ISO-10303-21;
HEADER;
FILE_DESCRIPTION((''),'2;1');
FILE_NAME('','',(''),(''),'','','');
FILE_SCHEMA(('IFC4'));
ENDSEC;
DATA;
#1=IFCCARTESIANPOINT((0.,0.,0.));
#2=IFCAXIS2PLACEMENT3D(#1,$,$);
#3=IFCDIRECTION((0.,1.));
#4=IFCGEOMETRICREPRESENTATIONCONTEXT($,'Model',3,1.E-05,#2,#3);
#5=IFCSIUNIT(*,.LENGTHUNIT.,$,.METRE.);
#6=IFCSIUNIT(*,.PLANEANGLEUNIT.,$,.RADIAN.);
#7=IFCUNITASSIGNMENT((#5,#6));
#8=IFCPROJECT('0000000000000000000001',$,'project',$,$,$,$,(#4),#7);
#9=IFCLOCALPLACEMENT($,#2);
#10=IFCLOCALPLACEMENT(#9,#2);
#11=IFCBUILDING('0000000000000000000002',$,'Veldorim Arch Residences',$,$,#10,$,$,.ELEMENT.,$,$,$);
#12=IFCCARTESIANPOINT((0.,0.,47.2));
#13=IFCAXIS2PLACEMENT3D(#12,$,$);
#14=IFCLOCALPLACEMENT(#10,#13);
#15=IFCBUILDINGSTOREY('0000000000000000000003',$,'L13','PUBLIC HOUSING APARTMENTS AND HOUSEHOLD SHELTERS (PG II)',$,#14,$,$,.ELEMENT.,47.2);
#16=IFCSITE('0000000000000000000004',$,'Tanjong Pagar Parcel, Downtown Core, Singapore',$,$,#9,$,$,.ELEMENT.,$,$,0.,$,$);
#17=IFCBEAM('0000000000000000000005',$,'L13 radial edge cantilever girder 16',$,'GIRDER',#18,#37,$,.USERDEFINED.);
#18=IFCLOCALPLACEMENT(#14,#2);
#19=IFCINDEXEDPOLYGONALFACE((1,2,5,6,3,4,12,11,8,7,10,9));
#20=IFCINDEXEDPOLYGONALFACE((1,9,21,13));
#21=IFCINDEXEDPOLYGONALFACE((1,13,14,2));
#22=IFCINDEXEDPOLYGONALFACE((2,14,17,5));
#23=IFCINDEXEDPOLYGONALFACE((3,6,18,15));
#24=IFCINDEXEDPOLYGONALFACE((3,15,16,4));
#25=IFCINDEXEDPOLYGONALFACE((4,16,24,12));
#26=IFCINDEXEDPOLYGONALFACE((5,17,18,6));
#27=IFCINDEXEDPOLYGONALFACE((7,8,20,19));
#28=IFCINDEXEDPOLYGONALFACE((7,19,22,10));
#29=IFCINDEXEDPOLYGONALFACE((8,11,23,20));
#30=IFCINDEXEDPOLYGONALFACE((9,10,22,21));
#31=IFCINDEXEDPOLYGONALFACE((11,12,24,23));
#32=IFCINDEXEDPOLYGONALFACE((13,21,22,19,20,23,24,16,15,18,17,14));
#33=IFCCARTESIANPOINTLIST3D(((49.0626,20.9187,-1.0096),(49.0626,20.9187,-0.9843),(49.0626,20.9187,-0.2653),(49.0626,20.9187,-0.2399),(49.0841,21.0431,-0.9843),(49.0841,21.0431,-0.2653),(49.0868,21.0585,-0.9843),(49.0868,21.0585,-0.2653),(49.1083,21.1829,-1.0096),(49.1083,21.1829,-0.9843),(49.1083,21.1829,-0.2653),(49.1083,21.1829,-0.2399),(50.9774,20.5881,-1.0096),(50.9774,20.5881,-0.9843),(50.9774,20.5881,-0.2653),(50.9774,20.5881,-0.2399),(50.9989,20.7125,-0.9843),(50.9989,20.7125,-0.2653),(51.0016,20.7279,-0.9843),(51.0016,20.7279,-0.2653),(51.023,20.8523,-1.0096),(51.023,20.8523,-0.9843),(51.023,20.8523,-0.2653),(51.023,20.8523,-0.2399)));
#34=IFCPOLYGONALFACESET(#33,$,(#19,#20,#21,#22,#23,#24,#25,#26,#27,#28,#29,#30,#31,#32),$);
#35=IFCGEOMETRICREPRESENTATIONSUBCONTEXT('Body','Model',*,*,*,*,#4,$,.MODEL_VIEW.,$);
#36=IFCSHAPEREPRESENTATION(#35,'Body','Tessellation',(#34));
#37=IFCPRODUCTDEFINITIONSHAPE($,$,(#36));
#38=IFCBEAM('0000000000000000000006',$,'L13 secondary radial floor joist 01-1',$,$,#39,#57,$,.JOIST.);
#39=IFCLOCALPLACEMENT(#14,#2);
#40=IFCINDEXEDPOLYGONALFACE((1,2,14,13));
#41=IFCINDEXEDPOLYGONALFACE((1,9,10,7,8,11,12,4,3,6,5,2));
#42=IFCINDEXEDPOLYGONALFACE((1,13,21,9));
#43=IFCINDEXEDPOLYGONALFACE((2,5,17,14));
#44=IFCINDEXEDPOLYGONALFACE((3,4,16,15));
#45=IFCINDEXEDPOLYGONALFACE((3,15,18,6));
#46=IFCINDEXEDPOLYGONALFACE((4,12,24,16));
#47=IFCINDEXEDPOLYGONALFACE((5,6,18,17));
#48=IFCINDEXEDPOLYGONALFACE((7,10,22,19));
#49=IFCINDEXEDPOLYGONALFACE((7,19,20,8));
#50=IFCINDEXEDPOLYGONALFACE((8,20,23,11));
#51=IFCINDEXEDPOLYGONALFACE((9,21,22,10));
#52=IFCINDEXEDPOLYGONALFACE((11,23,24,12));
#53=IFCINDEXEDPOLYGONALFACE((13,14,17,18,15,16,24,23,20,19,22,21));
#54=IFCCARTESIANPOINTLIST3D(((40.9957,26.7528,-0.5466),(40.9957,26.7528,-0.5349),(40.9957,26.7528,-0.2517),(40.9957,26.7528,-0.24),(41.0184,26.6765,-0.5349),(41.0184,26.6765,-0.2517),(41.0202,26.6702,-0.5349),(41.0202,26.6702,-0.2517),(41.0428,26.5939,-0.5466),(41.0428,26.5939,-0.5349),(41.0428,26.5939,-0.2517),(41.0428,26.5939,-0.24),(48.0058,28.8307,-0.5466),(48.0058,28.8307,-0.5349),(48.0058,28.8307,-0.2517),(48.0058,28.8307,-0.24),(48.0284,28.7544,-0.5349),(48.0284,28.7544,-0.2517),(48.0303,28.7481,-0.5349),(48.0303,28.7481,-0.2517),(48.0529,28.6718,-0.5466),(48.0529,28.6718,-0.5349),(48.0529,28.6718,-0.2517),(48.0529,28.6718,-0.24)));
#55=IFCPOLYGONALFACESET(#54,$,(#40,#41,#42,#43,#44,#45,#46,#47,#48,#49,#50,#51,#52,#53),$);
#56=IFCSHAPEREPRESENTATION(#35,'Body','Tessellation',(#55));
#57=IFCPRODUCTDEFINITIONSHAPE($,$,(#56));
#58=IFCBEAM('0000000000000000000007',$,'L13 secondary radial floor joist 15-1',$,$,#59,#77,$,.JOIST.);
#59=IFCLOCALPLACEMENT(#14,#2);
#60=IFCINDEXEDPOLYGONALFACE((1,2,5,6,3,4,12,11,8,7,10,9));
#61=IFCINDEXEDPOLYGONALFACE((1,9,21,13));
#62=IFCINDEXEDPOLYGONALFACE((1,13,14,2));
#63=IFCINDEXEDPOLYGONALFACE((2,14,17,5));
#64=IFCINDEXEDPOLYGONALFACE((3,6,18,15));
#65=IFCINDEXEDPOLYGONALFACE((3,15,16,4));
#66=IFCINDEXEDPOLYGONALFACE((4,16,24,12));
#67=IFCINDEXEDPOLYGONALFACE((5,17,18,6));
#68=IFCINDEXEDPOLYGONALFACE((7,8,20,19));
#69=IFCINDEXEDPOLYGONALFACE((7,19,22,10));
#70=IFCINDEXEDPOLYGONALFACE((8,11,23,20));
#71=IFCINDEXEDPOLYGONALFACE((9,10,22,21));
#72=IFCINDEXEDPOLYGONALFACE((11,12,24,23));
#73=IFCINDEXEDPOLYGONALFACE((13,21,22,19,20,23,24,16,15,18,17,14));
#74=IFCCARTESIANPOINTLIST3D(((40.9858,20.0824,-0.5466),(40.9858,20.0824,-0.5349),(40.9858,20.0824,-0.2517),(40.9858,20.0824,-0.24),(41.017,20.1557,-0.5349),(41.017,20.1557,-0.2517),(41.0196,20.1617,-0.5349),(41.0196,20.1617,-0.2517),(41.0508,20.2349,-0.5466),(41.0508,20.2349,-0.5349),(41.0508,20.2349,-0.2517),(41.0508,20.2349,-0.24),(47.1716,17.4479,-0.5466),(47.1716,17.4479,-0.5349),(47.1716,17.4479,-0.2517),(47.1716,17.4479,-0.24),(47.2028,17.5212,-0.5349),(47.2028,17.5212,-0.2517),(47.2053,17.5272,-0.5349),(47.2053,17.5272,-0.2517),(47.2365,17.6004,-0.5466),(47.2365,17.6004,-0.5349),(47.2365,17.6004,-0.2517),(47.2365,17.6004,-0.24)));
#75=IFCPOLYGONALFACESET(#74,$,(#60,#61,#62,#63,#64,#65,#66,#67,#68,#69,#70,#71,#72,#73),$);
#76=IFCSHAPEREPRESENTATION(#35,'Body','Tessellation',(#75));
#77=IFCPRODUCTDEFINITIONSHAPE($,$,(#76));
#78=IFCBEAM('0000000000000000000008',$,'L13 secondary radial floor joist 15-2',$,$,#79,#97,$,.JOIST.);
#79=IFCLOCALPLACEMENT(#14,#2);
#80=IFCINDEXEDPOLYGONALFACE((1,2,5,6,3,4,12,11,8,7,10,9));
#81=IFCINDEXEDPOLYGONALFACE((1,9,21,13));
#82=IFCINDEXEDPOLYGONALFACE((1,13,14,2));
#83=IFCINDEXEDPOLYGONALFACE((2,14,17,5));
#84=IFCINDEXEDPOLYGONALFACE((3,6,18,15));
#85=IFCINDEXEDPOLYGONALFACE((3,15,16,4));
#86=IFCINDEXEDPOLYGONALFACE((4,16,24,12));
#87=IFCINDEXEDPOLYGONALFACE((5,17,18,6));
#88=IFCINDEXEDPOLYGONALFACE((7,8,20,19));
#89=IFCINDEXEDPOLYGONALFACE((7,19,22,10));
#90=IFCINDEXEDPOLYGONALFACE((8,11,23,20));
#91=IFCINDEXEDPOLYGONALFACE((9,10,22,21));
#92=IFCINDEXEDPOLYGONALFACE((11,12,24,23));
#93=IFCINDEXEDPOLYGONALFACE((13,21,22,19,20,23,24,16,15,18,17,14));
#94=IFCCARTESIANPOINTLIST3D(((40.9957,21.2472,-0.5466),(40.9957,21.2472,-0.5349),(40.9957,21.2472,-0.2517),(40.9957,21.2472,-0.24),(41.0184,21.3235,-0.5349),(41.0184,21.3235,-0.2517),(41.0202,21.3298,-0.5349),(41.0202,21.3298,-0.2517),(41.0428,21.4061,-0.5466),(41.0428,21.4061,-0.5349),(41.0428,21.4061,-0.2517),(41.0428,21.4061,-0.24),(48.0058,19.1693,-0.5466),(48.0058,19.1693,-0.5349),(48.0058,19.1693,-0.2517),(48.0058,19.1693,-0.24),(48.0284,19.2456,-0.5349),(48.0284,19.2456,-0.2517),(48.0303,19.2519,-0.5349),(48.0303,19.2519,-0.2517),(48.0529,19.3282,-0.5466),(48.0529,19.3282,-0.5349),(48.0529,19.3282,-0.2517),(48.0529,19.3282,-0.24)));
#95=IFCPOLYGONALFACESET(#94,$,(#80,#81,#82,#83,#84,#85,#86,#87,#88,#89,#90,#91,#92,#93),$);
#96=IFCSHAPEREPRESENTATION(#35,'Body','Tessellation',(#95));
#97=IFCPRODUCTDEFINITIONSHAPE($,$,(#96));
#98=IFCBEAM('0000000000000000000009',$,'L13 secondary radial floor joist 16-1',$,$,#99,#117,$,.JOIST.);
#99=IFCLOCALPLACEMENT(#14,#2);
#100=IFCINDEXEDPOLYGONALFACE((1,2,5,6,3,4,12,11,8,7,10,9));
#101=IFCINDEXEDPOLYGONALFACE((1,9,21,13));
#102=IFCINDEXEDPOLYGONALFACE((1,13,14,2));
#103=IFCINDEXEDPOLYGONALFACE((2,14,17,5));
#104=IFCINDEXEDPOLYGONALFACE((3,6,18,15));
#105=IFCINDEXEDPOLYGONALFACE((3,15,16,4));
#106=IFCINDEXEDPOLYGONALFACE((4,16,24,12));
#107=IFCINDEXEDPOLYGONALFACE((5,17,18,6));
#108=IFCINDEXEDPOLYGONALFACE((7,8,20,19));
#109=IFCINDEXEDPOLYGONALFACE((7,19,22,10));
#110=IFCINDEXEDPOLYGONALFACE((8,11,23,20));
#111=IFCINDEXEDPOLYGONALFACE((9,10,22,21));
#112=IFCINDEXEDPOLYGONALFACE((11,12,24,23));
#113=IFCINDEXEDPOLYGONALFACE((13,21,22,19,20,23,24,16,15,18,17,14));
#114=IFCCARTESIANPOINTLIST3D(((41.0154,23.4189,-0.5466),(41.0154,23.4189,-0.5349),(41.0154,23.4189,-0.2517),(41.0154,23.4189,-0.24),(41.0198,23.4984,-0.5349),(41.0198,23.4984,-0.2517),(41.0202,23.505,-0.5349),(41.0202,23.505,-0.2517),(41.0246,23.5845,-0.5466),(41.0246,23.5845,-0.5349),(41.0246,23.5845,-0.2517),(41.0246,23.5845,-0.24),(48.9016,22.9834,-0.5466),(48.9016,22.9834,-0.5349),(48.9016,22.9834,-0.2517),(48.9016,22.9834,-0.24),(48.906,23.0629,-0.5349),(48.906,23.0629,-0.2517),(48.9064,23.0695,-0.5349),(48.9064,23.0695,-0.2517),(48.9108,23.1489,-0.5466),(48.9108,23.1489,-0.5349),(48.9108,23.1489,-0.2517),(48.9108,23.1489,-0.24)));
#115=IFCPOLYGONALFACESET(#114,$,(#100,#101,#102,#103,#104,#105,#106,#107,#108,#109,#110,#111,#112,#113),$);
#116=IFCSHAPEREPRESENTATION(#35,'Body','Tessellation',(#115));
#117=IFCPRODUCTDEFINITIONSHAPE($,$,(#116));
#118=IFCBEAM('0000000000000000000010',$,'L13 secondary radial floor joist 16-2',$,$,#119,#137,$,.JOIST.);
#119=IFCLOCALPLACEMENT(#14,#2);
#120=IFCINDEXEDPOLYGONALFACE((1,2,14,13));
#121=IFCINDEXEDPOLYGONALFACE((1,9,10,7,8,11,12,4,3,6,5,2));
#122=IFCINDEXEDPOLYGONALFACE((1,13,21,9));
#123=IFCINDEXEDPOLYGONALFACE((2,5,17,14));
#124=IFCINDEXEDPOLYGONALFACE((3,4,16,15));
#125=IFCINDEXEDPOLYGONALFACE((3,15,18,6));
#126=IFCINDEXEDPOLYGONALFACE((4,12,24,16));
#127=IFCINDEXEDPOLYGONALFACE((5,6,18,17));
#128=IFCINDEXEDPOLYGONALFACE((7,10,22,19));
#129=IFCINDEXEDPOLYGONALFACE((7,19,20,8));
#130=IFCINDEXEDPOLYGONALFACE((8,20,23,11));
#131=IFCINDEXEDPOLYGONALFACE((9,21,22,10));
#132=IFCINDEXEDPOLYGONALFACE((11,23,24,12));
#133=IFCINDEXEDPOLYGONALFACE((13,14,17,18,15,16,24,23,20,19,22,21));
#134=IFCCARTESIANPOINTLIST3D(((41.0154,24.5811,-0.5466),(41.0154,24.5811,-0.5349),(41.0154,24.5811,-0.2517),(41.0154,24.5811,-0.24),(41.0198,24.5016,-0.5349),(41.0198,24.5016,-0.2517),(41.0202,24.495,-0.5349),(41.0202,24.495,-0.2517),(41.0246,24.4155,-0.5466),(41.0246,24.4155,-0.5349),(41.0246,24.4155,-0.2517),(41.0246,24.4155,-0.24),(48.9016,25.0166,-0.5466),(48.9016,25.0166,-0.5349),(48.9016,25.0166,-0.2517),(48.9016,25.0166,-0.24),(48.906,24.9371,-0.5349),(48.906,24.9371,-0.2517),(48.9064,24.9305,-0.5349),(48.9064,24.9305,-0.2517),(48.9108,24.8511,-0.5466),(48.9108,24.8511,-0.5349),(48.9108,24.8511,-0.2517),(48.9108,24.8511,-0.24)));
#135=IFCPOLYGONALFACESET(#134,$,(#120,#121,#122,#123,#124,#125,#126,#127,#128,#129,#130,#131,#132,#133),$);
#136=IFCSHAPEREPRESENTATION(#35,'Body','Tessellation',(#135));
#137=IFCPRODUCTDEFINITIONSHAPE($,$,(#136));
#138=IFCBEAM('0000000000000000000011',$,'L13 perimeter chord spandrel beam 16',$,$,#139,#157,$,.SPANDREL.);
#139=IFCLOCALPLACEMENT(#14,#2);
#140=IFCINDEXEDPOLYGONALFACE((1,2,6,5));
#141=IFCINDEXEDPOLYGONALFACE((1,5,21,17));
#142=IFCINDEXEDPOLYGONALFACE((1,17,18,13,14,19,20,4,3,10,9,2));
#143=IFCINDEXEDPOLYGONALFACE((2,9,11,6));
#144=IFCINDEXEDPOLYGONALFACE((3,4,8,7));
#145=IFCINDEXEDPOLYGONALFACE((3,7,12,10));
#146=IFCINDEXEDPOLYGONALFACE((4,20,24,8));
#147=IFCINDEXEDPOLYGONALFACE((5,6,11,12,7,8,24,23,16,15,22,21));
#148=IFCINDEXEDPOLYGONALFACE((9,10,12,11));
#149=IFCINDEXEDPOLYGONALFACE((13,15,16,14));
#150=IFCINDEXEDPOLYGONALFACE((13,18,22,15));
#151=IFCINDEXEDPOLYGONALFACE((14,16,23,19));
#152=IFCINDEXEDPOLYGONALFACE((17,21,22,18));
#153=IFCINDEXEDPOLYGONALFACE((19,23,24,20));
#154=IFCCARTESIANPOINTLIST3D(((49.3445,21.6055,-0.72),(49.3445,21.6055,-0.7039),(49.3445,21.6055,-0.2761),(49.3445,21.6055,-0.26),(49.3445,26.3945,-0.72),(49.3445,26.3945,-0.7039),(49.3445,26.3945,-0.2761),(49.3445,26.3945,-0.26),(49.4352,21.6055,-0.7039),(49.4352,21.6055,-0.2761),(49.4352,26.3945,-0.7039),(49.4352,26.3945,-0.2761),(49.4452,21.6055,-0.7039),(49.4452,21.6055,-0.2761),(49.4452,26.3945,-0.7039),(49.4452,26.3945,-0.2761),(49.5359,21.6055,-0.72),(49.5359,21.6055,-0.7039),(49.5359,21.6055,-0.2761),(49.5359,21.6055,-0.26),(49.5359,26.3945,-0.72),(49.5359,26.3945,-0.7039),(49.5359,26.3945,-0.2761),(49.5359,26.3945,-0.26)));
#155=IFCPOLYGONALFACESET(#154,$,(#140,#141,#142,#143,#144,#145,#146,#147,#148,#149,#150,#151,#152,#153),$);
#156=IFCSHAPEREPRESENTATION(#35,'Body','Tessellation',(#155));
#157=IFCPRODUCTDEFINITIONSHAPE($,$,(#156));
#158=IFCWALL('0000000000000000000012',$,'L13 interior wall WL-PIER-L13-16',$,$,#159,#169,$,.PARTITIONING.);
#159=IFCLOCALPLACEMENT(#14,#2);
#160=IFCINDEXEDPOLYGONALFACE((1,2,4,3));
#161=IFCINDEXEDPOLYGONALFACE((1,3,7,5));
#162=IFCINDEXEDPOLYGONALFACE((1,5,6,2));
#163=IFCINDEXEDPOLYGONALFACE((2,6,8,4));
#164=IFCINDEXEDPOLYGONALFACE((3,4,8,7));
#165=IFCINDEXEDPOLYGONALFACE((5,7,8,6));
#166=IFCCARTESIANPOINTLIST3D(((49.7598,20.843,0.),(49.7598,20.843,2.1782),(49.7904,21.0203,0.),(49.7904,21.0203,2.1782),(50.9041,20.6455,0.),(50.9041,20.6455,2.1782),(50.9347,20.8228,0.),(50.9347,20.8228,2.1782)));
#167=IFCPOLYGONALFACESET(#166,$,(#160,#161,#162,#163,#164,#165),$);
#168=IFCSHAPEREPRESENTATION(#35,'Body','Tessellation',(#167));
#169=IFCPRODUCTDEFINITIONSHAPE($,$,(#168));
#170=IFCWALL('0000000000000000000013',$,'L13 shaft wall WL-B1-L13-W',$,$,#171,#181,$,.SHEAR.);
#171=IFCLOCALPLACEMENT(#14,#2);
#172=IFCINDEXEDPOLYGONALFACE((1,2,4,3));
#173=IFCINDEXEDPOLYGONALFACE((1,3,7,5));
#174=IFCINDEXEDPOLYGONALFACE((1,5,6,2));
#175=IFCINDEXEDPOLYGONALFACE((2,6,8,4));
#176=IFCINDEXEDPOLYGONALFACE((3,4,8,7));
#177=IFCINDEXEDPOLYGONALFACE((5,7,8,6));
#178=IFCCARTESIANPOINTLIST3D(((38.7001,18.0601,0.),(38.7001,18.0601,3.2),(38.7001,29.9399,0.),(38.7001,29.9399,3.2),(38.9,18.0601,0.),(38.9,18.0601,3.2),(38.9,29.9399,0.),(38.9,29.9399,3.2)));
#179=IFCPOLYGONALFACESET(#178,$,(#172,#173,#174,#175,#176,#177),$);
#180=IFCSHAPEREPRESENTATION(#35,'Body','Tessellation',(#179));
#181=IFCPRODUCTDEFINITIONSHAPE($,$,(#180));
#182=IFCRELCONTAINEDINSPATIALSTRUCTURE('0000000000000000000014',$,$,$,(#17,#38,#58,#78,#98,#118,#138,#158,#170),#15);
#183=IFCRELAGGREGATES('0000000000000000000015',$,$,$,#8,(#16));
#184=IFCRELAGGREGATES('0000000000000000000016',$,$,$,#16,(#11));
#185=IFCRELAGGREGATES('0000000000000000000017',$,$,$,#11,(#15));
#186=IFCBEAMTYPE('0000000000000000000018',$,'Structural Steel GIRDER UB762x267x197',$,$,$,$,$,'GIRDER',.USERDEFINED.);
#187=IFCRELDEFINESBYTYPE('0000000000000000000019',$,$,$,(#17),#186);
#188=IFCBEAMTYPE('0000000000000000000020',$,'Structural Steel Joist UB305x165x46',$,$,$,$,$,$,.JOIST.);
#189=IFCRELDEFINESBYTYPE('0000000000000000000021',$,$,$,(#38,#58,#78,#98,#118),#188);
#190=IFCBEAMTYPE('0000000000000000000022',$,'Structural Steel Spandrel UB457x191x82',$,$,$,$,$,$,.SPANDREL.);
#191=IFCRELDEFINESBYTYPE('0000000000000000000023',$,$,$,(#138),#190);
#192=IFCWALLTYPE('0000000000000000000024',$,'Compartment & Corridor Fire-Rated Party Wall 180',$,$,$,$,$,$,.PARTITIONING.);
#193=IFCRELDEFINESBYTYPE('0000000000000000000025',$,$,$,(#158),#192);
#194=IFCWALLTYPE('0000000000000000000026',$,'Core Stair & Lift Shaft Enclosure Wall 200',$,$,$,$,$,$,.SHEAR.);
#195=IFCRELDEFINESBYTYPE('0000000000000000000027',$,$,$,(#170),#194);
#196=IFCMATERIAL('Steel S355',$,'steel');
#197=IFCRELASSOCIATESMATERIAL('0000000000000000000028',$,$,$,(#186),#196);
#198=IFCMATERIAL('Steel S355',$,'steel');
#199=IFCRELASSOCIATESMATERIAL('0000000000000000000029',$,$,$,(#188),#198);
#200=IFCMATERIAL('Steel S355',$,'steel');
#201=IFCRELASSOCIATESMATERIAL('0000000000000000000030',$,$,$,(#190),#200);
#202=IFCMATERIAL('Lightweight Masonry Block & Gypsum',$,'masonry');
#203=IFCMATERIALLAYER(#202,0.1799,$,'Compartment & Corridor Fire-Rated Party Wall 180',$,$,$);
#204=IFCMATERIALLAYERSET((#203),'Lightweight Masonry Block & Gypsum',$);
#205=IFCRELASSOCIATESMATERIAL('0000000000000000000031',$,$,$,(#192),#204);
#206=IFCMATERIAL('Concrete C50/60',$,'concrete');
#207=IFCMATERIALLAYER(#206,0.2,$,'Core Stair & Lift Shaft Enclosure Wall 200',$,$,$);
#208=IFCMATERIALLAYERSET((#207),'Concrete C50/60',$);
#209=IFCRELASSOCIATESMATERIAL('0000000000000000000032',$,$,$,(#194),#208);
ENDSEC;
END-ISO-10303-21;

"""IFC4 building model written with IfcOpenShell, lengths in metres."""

from ifc_helpers import new_model, si_unit, direction, frame, frame_2d, origin, origin_2d, place, context, subcontext, project, spatial, rectangle, i_section, extrude, material, layer, layer_set, material_profile, profile_set, type_object, element, save


model = new_model("IFC4")

# Units and contexts
model_context = context("Model", 3, precision=1e-05, world=origin(), true_north=direction((0.0, 1.0)))
body_context = subcontext(model_context, "Body", "Model", "MODEL_VIEW")
ifc_project = project(units=[si_unit("LENGTHUNIT", "METRE"), si_unit("PLANEANGLEUNIT", "RADIAN")], contexts=[model_context])

# Site, building, storey
site_placement = place(None, origin())
site = spatial("IfcSite", under=ifc_project, at=site_placement, Name="Tanjong Pagar Parcel, Downtown Core, Singapore", CompositionType="ELEMENT", RefElevation=0.0)
building_placement = place(site_placement, origin())
building = spatial("IfcBuilding", under=site, at=building_placement, Name="Veldorim Arch Residences", CompositionType="ELEMENT")
storey_placement = place(building_placement, frame((0.0, 0.0, 47.2)))
storey = spatial("IfcBuildingStorey", under=building, at=storey_placement, Name="L13", Description="PUBLIC HOUSING APARTMENTS AND HOUSEHOLD SHELTERS (PG II)", CompositionType="ELEMENT", Elevation=47.2)

# Beams
ifc_material_1 = material(Name="Steel S355", Category="steel")
ifc_material_profile_1 = material_profile(ifc_material_1, i_section(OverallWidth=0.2681, OverallDepth=0.7698, WebThickness=0.0156, FlangeThickness=0.0254, at=origin_2d()), Name="UB762x267x197")
ifc_profile_set_1 = profile_set([ifc_material_profile_1], Name="Steel S355")
beam_type_1 = type_object("IfcBeamType", Name="Structural Steel GIRDER UB762x267x197", ElementType="GIRDER", PredefinedType="USERDEFINED", material=ifc_profile_set_1)
beam_1_placement = place(storey_placement, frame((49.0854, 21.0508, -0.6248), z_axis=(0.985423, -0.170121, 0.0), x_axis=(0.170121, 0.985423, 0.0)))
element("IfcBeam", 1, at=beam_1_placement, inside=storey, type_object=beam_type_1, Name="L13 radial edge cantilever girder 16", ObjectType="GIRDER", PredefinedType="USERDEFINED", context=body_context, shape_type="SweptSolid", body=[
    extrude(i_section(OverallWidth=0.2681, OverallDepth=0.7698, WebThickness=0.0156, FlangeThickness=0.0254, at=origin_2d()), origin(), (0.0, 0.0, 1.0), 1.9431),
])
ifc_material_2 = material(Name="Steel S355", Category="steel")
ifc_material_profile_2 = material_profile(ifc_material_2, i_section(OverallWidth=0.1658, OverallDepth=0.3066, WebThickness=0.0066, FlangeThickness=0.0117, at=origin_2d()), Name="UB305x165x46")
ifc_profile_set_2 = profile_set([ifc_material_profile_2], Name="Steel S355")
beam_type_2 = type_object("IfcBeamType", Name="Structural Steel Joist UB305x165x46", PredefinedType="JOIST", material=ifc_profile_set_2)
beam_2_placement = place(storey_placement, frame((41.0193, 26.6733, -0.3933), z_axis=(0.958767, 0.284194, 0.0), x_axis=(-0.284194, 0.958767, 0.0)))
element("IfcBeam", 2, at=beam_2_placement, inside=storey, type_object=beam_type_2, Name="L13 secondary radial floor joist 01-1", PredefinedType="JOIST", context=body_context, shape_type="SweptSolid", body=[
    extrude(i_section(OverallWidth=0.1658, OverallDepth=0.3066, WebThickness=0.0066, FlangeThickness=0.0117, at=origin_2d()), origin(), (0.0, 0.0, 1.0), 7.3115),
])
beam_3_placement = place(storey_placement, frame((41.0183, 20.1587, -0.3933), z_axis=(0.920033, -0.391841, 0.0), x_axis=(0.391841, 0.920033, 0.0)))
element("IfcBeam", 3, at=beam_3_placement, inside=storey, type_object=beam_type_2, Name="L13 secondary radial floor joist 15-1", PredefinedType="JOIST", context=body_context, shape_type="SweptSolid", body=[
    extrude(i_section(OverallWidth=0.1658, OverallDepth=0.3066, WebThickness=0.0066, FlangeThickness=0.0117, at=origin_2d()), origin(), (0.0, 0.0, 1.0), 6.7234),
])
beam_4_placement = place(storey_placement, frame((41.0193, 21.3267, -0.3933), z_axis=(0.958767, -0.284194, 0.0), x_axis=(0.284194, 0.958767, 0.0)))
element("IfcBeam", 4, at=beam_4_placement, inside=storey, type_object=beam_type_2, Name="L13 secondary radial floor joist 15-2", PredefinedType="JOIST", context=body_context, shape_type="SweptSolid", body=[
    extrude(i_section(OverallWidth=0.1658, OverallDepth=0.3066, WebThickness=0.0066, FlangeThickness=0.0117, at=origin_2d()), origin(), (0.0, 0.0, 1.0), 7.3115),
])
for number, where, z_axis, x_axis, name in (
    (5, (41.02, 23.5017, -0.3933), (0.998478, -0.055145, 0.0), (0.055145, 0.998478, 0.0), "L13 secondary radial floor joist 16-1"),
    (6, (41.02, 24.4983, -0.3933), (0.998478, 0.055145, 0.0), (-0.055145, 0.998478, 0.0), "L13 secondary radial floor joist 16-2"),
):
    element("IfcBeam", number, at=place(storey_placement, frame(where, z_axis=z_axis, x_axis=x_axis)), inside=storey, type_object=beam_type_2, Name=name, PredefinedType="JOIST", context=body_context, shape_type="SweptSolid", body=[
        extrude(i_section(OverallWidth=0.1658, OverallDepth=0.3066, WebThickness=0.0066, FlangeThickness=0.0117, at=origin_2d()), origin(), (0.0, 0.0, 1.0), 7.8982),
    ])
ifc_material_3 = material(Name="Steel S355", Category="steel")
ifc_material_profile_3 = material_profile(ifc_material_3, i_section(OverallWidth=0.1914, OverallDepth=0.46, WebThickness=0.01, FlangeThickness=0.0161, at=origin_2d()), Name="UB457x191x82")
ifc_profile_set_3 = profile_set([ifc_material_profile_3], Name="Steel S355")
beam_type_3 = type_object("IfcBeamType", Name="Structural Steel Spandrel UB457x191x82", PredefinedType="SPANDREL", material=ifc_profile_set_3)
beam_5_placement = place(storey_placement, frame((49.4402, 21.6055, -0.49), z_axis=(0.0, 1.0, 0.0), x_axis=(-1.0, 0.0, 0.0)))
element("IfcBeam", 7, at=beam_5_placement, inside=storey, type_object=beam_type_3, Name="L13 perimeter chord spandrel beam 16", PredefinedType="SPANDREL", context=body_context, shape_type="SweptSolid", body=[
    extrude(i_section(OverallWidth=0.1914, OverallDepth=0.46, WebThickness=0.01, FlangeThickness=0.0161, at=origin_2d()), origin(), (0.0, 0.0, 1.0), 4.7891),
])

# Walls
ifc_material_4 = material(Name="Lightweight Masonry Block & Gypsum", Category="masonry")
ifc_layer_1 = layer(ifc_material_4, 0.1799, Name="Compartment & Corridor Fire-Rated Party Wall 180")
ifc_layer_set_1 = layer_set([ifc_layer_1], Name="Lightweight Masonry Block & Gypsum")
wall_type_1 = type_object("IfcWallType", Name="Compartment & Corridor Fire-Rated Party Wall 180", PredefinedType="PARTITIONING", material=ifc_layer_set_1)
wall_1_placement = place(storey_placement, frame((49.7751, 20.9316, 0.0), z_axis=(0.0, 0.0, 1.0), x_axis=(0.985429, -0.17009, 0.0)))
element("IfcWall", 8, at=wall_1_placement, inside=storey, type_object=wall_type_1, Name="L13 interior wall WL-PIER-L13-16", PredefinedType="PARTITIONING", context=body_context, shape_type="SweptSolid", body=[
    extrude(rectangle(XDim=1.1611, YDim=0.1799, at=frame_2d((0.5806, 0.0))), origin(), (0.0, 0.0, 1.0), 2.1782),
])
ifc_material_5 = material(Name="Concrete C50/60", Category="concrete")
ifc_layer_2 = layer(ifc_material_5, 0.2, Name="Core Stair & Lift Shaft Enclosure Wall 200")
ifc_layer_set_2 = layer_set([ifc_layer_2], Name="Concrete C50/60")
wall_type_2 = type_object("IfcWallType", Name="Core Stair & Lift Shaft Enclosure Wall 200", PredefinedType="SHEAR", material=ifc_layer_set_2)
wall_2_placement = place(storey_placement, frame((38.8, 18.0601, 0.0), z_axis=(0.0, 0.0, 1.0), x_axis=(0.0, 1.0, 0.0)))
element("IfcWall", 9, at=wall_2_placement, inside=storey, type_object=wall_type_2, Name="L13 shaft wall WL-B1-L13-W", PredefinedType="SHEAR", context=body_context, shape_type="SweptSolid", body=[
    extrude(rectangle(XDim=11.8799, YDim=0.2, at=frame_2d((5.9399, 0.0))), origin(), (0.0, 0.0, 1.0), 3.2),
])

save(model, "model.ifc")
